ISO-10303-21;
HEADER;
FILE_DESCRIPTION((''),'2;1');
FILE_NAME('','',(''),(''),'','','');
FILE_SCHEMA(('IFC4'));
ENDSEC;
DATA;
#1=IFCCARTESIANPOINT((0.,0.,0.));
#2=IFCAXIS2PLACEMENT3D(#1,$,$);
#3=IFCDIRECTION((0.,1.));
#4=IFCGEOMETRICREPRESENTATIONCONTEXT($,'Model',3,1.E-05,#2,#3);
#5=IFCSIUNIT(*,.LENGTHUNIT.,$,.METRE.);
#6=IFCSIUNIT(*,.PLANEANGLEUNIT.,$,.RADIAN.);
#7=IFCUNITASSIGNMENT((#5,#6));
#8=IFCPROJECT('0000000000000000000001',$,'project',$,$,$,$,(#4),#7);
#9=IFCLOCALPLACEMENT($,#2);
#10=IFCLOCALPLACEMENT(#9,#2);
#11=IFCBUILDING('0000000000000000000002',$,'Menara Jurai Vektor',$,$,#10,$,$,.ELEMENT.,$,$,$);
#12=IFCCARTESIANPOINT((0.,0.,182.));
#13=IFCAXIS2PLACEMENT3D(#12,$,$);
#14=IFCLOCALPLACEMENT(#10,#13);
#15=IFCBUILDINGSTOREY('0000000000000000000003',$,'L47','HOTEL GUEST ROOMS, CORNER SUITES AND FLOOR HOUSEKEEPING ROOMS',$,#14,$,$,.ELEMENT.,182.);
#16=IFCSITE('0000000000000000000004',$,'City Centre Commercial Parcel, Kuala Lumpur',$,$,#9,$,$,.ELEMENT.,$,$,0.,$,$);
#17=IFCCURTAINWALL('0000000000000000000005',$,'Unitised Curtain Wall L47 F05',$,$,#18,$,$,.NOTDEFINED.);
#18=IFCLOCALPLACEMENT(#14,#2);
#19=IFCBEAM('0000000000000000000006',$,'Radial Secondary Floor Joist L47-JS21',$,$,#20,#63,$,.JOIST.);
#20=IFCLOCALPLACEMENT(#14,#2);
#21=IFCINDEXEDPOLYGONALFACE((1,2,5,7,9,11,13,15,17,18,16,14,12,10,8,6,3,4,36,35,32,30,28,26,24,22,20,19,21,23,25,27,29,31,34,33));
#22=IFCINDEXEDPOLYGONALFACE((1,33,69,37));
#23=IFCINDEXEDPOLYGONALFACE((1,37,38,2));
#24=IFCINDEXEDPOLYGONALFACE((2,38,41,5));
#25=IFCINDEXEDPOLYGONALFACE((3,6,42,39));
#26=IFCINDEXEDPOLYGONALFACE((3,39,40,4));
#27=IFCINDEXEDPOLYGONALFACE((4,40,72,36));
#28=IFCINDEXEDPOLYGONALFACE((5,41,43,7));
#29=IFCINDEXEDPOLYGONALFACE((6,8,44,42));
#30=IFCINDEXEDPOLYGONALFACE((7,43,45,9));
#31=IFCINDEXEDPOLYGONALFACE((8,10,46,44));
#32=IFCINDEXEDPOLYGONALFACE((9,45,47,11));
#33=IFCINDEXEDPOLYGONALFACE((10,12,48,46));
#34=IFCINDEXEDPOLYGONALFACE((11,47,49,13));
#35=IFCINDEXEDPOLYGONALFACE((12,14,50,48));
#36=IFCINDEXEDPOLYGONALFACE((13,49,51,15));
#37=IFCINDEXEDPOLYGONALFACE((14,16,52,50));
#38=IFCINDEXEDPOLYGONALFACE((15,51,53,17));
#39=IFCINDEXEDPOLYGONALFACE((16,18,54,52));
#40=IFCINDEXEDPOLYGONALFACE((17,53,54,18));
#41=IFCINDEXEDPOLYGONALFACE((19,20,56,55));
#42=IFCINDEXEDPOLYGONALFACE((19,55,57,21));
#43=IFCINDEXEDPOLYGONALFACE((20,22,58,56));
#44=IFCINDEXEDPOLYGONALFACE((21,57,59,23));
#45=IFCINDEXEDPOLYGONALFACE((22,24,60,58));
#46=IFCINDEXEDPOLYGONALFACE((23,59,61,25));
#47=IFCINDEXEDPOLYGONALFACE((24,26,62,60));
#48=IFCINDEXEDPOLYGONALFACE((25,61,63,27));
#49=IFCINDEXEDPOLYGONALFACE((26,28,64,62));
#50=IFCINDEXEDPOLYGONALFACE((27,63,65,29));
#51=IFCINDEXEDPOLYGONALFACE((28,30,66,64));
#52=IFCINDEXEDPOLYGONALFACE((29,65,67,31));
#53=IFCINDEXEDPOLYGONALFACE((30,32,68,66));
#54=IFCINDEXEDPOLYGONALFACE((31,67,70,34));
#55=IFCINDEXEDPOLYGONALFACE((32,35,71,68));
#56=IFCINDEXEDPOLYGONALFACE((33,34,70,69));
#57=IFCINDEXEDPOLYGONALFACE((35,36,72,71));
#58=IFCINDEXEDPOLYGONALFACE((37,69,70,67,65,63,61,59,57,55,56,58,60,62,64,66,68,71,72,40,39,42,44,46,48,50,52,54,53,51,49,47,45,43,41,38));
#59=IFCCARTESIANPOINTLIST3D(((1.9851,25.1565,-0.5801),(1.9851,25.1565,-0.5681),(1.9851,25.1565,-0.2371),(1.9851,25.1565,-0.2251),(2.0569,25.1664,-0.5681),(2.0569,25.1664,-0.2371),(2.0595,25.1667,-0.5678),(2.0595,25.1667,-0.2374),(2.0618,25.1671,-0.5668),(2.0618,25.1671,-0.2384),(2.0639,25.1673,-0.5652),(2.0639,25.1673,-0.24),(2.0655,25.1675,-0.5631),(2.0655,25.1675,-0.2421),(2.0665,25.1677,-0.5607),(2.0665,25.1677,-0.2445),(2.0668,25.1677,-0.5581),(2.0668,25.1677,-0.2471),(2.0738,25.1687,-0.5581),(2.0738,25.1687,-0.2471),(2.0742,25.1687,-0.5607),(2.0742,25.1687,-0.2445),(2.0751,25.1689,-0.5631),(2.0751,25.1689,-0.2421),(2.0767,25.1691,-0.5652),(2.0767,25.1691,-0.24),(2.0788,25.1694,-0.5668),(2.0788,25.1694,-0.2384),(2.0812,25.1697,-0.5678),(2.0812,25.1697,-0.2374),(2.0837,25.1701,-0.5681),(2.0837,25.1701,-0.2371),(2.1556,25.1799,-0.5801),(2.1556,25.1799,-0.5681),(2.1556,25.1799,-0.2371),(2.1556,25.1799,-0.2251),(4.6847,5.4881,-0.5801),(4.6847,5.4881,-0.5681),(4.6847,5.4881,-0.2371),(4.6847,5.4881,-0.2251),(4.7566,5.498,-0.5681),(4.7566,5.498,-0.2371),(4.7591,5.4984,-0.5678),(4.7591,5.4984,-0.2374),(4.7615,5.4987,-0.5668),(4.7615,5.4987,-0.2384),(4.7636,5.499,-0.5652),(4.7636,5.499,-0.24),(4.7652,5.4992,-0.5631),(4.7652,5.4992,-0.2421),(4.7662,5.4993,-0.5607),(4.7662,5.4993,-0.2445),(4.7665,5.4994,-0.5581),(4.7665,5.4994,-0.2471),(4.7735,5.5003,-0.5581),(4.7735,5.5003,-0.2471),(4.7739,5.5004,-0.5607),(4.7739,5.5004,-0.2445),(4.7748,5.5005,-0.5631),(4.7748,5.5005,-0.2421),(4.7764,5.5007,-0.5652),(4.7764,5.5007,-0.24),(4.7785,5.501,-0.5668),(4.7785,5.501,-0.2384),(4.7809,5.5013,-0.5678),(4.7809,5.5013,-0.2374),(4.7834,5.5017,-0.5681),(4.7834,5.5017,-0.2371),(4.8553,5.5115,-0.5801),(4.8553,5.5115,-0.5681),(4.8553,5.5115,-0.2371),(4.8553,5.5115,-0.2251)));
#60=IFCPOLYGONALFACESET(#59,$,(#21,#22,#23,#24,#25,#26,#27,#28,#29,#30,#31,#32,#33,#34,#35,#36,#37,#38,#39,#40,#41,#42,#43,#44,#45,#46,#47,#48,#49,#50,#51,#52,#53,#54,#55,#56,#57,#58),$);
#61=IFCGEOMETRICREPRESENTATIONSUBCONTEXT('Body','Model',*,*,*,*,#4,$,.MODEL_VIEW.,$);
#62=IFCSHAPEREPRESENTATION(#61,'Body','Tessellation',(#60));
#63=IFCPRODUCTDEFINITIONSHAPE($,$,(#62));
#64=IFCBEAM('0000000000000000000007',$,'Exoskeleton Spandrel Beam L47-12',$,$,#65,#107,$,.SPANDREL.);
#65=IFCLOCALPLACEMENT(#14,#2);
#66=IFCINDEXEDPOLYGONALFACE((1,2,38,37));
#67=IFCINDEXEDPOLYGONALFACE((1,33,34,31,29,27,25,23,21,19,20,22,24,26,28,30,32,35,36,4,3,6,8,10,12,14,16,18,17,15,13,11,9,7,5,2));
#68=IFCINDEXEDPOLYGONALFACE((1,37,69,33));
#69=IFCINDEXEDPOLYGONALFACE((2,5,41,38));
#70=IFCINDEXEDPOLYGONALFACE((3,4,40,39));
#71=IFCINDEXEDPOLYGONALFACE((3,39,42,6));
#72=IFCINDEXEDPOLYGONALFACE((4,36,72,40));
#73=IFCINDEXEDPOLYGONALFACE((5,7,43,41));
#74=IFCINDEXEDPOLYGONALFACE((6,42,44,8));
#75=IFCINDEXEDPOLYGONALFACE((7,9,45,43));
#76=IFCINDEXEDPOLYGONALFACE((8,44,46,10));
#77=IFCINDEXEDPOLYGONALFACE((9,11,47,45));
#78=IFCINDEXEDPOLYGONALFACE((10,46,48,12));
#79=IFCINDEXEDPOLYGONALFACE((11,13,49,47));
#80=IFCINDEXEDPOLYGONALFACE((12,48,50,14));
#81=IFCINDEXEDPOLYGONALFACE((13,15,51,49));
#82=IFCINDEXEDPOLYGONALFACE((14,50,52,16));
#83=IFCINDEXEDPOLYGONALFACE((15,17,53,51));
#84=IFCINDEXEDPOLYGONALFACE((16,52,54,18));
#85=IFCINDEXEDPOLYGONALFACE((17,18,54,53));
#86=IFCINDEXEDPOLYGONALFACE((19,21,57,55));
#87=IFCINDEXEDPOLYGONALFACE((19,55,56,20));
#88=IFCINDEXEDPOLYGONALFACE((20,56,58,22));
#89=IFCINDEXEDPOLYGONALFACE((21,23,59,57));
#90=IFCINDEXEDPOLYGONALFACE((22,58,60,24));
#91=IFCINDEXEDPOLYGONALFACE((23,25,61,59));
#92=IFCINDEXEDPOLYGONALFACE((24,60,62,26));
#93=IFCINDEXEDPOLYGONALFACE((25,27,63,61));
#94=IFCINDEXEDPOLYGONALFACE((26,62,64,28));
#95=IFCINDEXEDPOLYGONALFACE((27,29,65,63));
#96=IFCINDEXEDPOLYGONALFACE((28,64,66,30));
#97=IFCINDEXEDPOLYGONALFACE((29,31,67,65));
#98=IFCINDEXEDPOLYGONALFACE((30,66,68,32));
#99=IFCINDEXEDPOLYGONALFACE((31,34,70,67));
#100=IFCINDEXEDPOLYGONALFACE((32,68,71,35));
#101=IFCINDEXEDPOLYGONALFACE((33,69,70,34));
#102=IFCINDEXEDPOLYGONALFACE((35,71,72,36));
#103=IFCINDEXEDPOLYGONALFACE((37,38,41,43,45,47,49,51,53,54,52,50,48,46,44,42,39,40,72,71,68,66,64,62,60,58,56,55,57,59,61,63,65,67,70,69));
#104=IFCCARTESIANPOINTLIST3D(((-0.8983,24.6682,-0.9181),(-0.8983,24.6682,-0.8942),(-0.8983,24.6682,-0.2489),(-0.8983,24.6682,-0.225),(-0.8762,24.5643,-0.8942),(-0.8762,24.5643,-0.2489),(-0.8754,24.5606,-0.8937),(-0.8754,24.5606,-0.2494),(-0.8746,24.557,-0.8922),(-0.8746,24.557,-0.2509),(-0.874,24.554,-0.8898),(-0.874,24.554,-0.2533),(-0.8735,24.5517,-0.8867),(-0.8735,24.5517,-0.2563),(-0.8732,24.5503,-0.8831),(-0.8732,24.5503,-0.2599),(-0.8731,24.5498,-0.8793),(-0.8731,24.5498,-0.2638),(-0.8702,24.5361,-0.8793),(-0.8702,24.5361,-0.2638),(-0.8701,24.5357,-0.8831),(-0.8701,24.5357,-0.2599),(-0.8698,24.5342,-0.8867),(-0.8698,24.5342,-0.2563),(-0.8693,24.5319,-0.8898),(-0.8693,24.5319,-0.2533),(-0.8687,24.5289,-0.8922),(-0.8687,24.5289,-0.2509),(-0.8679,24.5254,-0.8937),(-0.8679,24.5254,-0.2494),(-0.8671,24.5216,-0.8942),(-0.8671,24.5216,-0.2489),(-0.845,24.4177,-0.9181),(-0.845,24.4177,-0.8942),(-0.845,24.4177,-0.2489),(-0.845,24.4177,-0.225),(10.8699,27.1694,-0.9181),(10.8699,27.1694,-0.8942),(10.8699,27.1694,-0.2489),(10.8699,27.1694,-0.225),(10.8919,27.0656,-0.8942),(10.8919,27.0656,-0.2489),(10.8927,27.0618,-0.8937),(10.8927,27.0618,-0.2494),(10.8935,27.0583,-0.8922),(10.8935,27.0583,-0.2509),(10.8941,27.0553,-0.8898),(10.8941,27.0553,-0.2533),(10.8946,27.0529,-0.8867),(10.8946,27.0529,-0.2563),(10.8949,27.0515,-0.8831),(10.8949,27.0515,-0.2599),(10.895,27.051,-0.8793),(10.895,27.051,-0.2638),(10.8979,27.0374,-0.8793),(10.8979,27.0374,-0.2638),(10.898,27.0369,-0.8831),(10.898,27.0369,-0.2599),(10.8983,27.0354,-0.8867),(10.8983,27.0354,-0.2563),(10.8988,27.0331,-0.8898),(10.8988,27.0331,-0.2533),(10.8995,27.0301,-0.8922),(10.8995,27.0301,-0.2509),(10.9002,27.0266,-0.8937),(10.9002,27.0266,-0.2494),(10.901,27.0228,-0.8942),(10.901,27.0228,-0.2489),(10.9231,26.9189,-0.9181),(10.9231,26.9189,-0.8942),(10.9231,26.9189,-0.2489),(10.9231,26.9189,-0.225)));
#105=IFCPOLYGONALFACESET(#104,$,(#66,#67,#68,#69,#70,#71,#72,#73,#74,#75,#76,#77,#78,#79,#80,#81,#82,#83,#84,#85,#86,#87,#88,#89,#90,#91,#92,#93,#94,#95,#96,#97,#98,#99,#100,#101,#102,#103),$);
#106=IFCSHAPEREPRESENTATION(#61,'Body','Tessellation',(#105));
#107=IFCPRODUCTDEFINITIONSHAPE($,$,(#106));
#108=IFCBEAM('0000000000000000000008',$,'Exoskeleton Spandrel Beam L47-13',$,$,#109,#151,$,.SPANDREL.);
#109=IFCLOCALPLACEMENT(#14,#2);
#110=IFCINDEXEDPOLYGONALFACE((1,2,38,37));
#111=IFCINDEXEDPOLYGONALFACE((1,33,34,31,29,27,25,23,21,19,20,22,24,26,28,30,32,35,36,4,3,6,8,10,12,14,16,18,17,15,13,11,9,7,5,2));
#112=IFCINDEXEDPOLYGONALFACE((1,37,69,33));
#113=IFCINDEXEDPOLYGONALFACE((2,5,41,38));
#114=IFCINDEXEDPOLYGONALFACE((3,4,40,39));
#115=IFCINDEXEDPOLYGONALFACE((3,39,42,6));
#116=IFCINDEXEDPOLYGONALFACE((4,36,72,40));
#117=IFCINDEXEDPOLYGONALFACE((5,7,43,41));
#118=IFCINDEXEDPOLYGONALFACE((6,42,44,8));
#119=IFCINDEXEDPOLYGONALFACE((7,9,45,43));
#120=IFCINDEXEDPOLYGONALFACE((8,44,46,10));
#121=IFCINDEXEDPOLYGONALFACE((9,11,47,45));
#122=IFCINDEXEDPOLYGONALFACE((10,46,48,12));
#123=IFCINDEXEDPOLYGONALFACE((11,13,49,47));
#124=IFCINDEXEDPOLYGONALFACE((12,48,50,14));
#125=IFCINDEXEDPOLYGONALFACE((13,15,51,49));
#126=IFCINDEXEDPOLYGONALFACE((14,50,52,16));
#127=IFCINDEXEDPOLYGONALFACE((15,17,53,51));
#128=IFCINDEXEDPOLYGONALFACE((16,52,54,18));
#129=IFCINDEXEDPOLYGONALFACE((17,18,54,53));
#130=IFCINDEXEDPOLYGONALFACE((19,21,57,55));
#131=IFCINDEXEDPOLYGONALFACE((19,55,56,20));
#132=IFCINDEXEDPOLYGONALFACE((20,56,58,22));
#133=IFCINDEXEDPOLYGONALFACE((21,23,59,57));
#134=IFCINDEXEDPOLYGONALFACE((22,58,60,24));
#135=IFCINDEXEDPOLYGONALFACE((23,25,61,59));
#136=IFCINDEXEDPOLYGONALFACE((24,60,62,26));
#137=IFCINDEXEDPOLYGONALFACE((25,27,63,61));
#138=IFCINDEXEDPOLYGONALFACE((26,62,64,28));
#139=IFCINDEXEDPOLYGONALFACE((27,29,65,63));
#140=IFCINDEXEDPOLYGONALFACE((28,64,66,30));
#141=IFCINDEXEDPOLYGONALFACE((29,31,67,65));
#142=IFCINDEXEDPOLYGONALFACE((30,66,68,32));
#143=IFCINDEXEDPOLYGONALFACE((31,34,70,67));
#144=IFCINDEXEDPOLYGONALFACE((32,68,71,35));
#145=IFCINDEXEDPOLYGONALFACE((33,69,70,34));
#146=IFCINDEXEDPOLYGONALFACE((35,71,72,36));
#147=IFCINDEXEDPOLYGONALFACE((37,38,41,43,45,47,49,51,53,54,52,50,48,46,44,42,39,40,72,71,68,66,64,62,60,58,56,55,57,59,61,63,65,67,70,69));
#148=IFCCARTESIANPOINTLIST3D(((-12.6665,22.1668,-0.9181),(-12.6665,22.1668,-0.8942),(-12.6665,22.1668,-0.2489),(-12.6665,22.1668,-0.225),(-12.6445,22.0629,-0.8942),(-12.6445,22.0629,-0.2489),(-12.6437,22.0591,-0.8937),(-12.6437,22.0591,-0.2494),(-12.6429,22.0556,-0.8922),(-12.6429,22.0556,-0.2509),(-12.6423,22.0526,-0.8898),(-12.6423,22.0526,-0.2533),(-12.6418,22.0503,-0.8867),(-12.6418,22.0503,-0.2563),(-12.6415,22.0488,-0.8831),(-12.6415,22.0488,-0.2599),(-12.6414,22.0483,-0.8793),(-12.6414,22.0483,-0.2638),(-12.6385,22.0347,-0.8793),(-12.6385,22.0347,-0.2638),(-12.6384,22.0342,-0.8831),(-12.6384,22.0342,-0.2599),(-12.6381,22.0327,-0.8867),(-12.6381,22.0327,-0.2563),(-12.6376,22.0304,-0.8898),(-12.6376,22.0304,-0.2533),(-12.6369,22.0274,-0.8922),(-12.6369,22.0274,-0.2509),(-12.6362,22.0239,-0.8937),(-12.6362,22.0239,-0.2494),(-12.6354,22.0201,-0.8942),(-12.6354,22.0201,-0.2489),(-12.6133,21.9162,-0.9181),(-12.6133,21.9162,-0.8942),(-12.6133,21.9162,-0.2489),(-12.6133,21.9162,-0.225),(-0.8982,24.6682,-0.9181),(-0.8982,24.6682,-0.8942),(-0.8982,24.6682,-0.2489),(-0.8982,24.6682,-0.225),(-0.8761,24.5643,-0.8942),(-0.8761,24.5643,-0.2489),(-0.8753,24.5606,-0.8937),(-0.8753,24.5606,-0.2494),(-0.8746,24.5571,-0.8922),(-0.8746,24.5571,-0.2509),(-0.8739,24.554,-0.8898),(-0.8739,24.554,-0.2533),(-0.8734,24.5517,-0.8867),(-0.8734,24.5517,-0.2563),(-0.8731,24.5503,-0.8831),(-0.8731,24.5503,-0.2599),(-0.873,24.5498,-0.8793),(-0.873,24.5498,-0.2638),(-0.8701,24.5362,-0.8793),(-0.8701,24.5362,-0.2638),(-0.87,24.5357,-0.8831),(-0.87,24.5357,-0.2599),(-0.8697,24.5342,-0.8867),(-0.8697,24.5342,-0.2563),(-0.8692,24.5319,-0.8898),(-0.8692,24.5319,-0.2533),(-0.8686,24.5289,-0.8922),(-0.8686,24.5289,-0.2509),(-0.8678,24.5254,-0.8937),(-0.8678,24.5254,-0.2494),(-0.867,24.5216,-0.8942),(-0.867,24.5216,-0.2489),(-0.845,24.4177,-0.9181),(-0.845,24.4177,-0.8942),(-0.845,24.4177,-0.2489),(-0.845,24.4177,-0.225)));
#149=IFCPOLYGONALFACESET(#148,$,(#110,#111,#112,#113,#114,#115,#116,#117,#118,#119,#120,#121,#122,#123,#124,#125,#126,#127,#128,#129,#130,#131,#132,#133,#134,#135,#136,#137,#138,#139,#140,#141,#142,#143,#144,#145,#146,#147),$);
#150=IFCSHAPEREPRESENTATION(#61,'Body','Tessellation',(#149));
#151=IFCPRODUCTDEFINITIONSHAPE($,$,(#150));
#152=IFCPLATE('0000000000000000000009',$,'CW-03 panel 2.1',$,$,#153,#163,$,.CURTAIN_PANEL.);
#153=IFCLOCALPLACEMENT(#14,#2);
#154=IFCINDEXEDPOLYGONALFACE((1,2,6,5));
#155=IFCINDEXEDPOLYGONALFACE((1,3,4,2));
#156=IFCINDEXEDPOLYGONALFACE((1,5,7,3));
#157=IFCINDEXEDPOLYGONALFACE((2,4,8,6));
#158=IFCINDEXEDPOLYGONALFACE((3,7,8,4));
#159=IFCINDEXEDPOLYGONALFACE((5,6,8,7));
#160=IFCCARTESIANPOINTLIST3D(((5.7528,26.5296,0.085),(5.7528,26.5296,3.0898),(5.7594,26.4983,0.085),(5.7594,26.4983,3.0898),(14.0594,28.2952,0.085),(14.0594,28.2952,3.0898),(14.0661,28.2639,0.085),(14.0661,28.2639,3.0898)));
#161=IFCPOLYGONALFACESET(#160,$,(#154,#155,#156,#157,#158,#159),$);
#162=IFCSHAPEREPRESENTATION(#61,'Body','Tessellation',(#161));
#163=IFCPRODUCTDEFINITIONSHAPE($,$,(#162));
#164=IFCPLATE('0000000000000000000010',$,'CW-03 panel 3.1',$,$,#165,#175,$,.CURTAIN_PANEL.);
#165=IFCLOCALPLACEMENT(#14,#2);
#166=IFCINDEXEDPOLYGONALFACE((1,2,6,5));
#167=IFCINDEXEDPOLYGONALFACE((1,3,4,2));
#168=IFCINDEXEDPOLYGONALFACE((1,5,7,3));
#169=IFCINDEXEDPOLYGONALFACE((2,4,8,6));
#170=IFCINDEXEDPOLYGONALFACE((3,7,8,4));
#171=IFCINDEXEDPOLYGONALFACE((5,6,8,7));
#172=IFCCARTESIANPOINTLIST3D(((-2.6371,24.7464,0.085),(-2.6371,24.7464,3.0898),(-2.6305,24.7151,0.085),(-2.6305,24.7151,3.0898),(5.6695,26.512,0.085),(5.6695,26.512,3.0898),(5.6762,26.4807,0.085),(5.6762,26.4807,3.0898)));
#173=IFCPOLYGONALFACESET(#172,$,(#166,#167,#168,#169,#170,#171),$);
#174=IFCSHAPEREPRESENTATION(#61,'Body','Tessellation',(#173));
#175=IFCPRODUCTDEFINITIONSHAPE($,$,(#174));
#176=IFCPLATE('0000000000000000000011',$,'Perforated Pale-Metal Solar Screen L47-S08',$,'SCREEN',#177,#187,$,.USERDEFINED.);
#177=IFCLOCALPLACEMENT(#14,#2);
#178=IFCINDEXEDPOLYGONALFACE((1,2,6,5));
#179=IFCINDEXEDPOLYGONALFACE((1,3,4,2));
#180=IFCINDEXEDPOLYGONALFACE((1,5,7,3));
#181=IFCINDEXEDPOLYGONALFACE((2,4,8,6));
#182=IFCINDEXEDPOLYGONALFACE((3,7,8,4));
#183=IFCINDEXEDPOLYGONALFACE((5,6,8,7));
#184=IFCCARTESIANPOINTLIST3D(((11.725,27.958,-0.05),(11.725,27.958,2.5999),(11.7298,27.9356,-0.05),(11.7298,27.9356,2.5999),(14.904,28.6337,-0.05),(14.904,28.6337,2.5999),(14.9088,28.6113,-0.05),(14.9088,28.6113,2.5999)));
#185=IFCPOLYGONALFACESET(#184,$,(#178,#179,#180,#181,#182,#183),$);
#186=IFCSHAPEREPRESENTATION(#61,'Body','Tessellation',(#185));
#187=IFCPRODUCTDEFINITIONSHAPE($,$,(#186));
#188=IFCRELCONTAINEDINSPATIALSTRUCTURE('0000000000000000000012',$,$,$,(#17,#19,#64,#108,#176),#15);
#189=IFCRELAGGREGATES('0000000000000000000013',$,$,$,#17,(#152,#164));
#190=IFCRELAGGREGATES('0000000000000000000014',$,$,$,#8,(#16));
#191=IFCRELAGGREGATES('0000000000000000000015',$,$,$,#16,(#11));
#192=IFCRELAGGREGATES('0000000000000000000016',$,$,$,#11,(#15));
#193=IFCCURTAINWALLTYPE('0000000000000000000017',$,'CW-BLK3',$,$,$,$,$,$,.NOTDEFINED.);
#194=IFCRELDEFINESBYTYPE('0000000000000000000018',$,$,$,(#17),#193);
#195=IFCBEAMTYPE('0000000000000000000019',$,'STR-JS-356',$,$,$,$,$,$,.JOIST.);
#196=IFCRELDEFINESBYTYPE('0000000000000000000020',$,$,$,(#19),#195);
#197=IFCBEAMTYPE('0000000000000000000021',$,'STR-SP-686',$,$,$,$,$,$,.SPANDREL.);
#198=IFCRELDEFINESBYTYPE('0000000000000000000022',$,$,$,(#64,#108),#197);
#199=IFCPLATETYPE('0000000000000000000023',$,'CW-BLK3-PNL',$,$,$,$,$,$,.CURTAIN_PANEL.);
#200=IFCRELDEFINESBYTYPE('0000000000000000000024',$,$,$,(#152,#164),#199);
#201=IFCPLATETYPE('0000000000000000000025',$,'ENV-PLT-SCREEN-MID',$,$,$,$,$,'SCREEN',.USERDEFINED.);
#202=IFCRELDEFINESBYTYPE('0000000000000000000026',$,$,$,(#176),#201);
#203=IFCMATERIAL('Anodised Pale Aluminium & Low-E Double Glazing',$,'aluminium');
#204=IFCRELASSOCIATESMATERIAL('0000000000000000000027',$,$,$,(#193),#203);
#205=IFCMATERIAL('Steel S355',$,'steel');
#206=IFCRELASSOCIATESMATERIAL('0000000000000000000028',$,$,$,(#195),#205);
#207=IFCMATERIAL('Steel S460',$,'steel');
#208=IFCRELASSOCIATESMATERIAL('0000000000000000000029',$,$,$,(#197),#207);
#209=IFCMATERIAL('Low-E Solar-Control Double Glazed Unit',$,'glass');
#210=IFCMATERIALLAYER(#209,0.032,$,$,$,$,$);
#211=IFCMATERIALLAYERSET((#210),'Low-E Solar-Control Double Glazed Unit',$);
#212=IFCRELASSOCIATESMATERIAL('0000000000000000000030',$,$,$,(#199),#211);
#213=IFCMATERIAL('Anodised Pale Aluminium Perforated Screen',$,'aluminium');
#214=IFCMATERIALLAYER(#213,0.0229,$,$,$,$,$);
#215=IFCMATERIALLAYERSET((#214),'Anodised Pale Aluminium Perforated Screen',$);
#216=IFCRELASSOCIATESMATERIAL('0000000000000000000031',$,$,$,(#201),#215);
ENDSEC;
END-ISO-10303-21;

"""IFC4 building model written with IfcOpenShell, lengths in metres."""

from ifc_helpers import new_model, si_unit, direction, frame, origin, origin_2d, place, context, subcontext, project, spatial, rectangle, i_section, extrude, material, layer, layer_set, material_profile, profile_set, type_object, element, aggregate, save


model = new_model("IFC4")

# Units and contexts
model_context = context("Model", 3, precision=1e-05, world=origin(), true_north=direction((0.0, 1.0)))
body_context = subcontext(model_context, "Body", "Model", "MODEL_VIEW")
ifc_project = project(units=[si_unit("LENGTHUNIT", "METRE"), si_unit("PLANEANGLEUNIT", "RADIAN")], contexts=[model_context])

# Site, building, storey
site_placement = place(None, origin())
site = spatial("IfcSite", under=ifc_project, at=site_placement, Name="City Centre Commercial Parcel, Kuala Lumpur", CompositionType="ELEMENT", RefElevation=0.0)
building_placement = place(site_placement, origin())
building = spatial("IfcBuilding", under=site, at=building_placement, Name="Menara Jurai Vektor", CompositionType="ELEMENT")
storey_placement = place(building_placement, frame((0.0, 0.0, 182.0)))
storey = spatial("IfcBuildingStorey", under=building, at=storey_placement, Name="L47", Description="HOTEL GUEST ROOMS, CORNER SUITES AND FLOOR HOUSEKEEPING ROOMS", CompositionType="ELEMENT", Elevation=182.0)

# Shared definitions
ifc_material_1 = material(Name="Steel S460", Category="steel")

# Curtain wall
ifc_material_2 = material(Name="Anodised Pale Aluminium & Low-E Double Glazing", Category="aluminium")
curtain_wall_type = type_object("IfcCurtainWallType", Name="CW-BLK3", PredefinedType="NOTDEFINED", material=ifc_material_2)
curtain_wall_placement = place(storey_placement, origin())
curtain_wall = element("IfcCurtainWall", 1, at=curtain_wall_placement, inside=storey, type_object=curtain_wall_type, Name="Unitised Curtain Wall L47 F05", PredefinedType="NOTDEFINED")

# Beams
ifc_material_3 = material(Name="Steel S355", Category="steel")
ifc_material_profile_1 = material_profile(ifc_material_3, i_section(OverallWidth=0.1721, OverallDepth=0.355, WebThickness=0.0071, FlangeThickness=0.012, FilletRadius=0.01, at=origin_2d()), Name="UKB 356x171x51")
ifc_profile_set_1 = profile_set([ifc_material_profile_1], Name="Steel S355")
beam_type_1 = type_object("IfcBeamType", Name="STR-JS-356", PredefinedType="JOIST", material=ifc_profile_set_1)
beam_1_placement = place(storey_placement, frame((2.0703, 25.1682, -0.4026), z_axis=(0.135986, -0.990711, 0.0), x_axis=(0.990711, 0.135986, 0.0)))
element("IfcBeam", 2, at=beam_1_placement, inside=storey, type_object=beam_type_1, Name="Radial Secondary Floor Joist L47-JS21", PredefinedType="JOIST", context=body_context, shape_type="SweptSolid", body=[
    extrude(i_section(OverallWidth=0.1721, OverallDepth=0.355, WebThickness=0.0071, FlangeThickness=0.012, FilletRadius=0.01, at=origin_2d()), origin(), (0.0, 0.0, 1.0), 19.8528),
])
ifc_material_profile_2 = material_profile(ifc_material_1, i_section(OverallWidth=0.2561, OverallDepth=0.6931, WebThickness=0.0139, FlangeThickness=0.0239, FilletRadius=0.0149, at=origin_2d()), Name="UKB 686x254x170")
ifc_profile_set_2 = profile_set([ifc_material_profile_2], Name="Steel S460")
beam_type_2 = type_object("IfcBeamType", Name="STR-SP-686", PredefinedType="SPANDREL", material=ifc_profile_set_2)
beam_2_placement = place(storey_placement, frame((10.8965, 27.0442, -0.5715), z_axis=(-0.97815, -0.207899, 0.0), x_axis=(0.207899, -0.97815, 0.0)))
element("IfcBeam", 3, at=beam_2_placement, inside=storey, type_object=beam_type_2, Name="Exoskeleton Spandrel Beam L47-12", PredefinedType="SPANDREL", context=body_context, shape_type="SweptSolid", body=[
    extrude(i_section(OverallWidth=0.2561, OverallDepth=0.6931, WebThickness=0.0139, FlangeThickness=0.0239, FilletRadius=0.0149, at=origin_2d()), origin(), (0.0, 0.0, 1.0), 12.031),
])
beam_3_placement = place(storey_placement, frame((-0.8716, 24.543, -0.5715), z_axis=(-0.978147, -0.207914, 0.0), x_axis=(0.207914, -0.978147, 0.0)))
element("IfcBeam", 4, at=beam_3_placement, inside=storey, type_object=beam_type_2, Name="Exoskeleton Spandrel Beam L47-13", PredefinedType="SPANDREL", context=body_context, shape_type="SweptSolid", body=[
    extrude(i_section(OverallWidth=0.2561, OverallDepth=0.6931, WebThickness=0.0139, FlangeThickness=0.0239, FilletRadius=0.0149, at=origin_2d()), origin(), (0.0, 0.0, 1.0), 12.0312),
])

# Plates
ifc_material_4 = material(Name="Low-E Solar-Control Double Glazed Unit", Category="glass")
ifc_layer_1 = layer(ifc_material_4, 0.032)
ifc_layer_set_1 = layer_set([ifc_layer_1], Name="Low-E Solar-Control Double Glazed Unit")
plate_type_1 = type_object("IfcPlateType", Name="CW-BLK3-PNL", PredefinedType="CURTAIN_PANEL", material=ifc_layer_set_1)
plate_1_placement = place(storey_placement, frame((9.9094, 27.3967, 0.085), z_axis=(0.0, 0.0, 1.0), x_axis=(-0.978148, -0.207911, 0.0)))
plate_1 = element("IfcPlate", 5, at=plate_1_placement, type_object=plate_type_1, Name="CW-03 panel 2.1", PredefinedType="CURTAIN_PANEL", context=body_context, shape_type="SweptSolid", body=[
    extrude(rectangle(XDim=8.4922, YDim=0.032, at=origin_2d()), origin(), (0.0, 0.0, 1.0), 3.0049),
])
plate_2_placement = place(storey_placement, frame((1.5195, 25.6135, 0.085), z_axis=(0.0, 0.0, 1.0), x_axis=(-0.978148, -0.207911, 0.0)))
plate_2 = element("IfcPlate", 6, at=plate_2_placement, type_object=plate_type_1, Name="CW-03 panel 3.1", PredefinedType="CURTAIN_PANEL", context=body_context, shape_type="SweptSolid", body=[
    extrude(rectangle(XDim=8.4922, YDim=0.032, at=origin_2d()), origin(), (0.0, 0.0, 1.0), 3.0049),
])
aggregate(curtain_wall, [plate_1, plate_2])

# Plate
ifc_material_5 = material(Name="Anodised Pale Aluminium Perforated Screen", Category="aluminium")
ifc_layer_2 = layer(ifc_material_5, 0.0229)
ifc_layer_set_2 = layer_set([ifc_layer_2], Name="Anodised Pale Aluminium Perforated Screen")
plate_type_2 = type_object("IfcPlateType", Name="ENV-PLT-SCREEN-MID", ElementType="SCREEN", PredefinedType="USERDEFINED", material=ifc_layer_set_2)
for number, where, z_axis, x_axis, name in (
    (7, (13.3169, 28.2847, -0.05), (0.0, 0.0, 1.0), (-0.978148, -0.207912, 0.0), "Perforated Pale-Metal Solar Screen L47-S08"),
):
    element("IfcPlate", number, at=place(storey_placement, frame(where, z_axis=z_axis, x_axis=x_axis)), inside=storey, type_object=plate_type_2, Name=name, ObjectType="SCREEN", PredefinedType="USERDEFINED", context=body_context, shape_type="SweptSolid", body=[
        extrude(rectangle(XDim=3.25, YDim=0.0229, at=origin_2d()), origin(), (0.0, 0.0, 1.0), 2.6499),
    ])

save(model, "model.ifc")
